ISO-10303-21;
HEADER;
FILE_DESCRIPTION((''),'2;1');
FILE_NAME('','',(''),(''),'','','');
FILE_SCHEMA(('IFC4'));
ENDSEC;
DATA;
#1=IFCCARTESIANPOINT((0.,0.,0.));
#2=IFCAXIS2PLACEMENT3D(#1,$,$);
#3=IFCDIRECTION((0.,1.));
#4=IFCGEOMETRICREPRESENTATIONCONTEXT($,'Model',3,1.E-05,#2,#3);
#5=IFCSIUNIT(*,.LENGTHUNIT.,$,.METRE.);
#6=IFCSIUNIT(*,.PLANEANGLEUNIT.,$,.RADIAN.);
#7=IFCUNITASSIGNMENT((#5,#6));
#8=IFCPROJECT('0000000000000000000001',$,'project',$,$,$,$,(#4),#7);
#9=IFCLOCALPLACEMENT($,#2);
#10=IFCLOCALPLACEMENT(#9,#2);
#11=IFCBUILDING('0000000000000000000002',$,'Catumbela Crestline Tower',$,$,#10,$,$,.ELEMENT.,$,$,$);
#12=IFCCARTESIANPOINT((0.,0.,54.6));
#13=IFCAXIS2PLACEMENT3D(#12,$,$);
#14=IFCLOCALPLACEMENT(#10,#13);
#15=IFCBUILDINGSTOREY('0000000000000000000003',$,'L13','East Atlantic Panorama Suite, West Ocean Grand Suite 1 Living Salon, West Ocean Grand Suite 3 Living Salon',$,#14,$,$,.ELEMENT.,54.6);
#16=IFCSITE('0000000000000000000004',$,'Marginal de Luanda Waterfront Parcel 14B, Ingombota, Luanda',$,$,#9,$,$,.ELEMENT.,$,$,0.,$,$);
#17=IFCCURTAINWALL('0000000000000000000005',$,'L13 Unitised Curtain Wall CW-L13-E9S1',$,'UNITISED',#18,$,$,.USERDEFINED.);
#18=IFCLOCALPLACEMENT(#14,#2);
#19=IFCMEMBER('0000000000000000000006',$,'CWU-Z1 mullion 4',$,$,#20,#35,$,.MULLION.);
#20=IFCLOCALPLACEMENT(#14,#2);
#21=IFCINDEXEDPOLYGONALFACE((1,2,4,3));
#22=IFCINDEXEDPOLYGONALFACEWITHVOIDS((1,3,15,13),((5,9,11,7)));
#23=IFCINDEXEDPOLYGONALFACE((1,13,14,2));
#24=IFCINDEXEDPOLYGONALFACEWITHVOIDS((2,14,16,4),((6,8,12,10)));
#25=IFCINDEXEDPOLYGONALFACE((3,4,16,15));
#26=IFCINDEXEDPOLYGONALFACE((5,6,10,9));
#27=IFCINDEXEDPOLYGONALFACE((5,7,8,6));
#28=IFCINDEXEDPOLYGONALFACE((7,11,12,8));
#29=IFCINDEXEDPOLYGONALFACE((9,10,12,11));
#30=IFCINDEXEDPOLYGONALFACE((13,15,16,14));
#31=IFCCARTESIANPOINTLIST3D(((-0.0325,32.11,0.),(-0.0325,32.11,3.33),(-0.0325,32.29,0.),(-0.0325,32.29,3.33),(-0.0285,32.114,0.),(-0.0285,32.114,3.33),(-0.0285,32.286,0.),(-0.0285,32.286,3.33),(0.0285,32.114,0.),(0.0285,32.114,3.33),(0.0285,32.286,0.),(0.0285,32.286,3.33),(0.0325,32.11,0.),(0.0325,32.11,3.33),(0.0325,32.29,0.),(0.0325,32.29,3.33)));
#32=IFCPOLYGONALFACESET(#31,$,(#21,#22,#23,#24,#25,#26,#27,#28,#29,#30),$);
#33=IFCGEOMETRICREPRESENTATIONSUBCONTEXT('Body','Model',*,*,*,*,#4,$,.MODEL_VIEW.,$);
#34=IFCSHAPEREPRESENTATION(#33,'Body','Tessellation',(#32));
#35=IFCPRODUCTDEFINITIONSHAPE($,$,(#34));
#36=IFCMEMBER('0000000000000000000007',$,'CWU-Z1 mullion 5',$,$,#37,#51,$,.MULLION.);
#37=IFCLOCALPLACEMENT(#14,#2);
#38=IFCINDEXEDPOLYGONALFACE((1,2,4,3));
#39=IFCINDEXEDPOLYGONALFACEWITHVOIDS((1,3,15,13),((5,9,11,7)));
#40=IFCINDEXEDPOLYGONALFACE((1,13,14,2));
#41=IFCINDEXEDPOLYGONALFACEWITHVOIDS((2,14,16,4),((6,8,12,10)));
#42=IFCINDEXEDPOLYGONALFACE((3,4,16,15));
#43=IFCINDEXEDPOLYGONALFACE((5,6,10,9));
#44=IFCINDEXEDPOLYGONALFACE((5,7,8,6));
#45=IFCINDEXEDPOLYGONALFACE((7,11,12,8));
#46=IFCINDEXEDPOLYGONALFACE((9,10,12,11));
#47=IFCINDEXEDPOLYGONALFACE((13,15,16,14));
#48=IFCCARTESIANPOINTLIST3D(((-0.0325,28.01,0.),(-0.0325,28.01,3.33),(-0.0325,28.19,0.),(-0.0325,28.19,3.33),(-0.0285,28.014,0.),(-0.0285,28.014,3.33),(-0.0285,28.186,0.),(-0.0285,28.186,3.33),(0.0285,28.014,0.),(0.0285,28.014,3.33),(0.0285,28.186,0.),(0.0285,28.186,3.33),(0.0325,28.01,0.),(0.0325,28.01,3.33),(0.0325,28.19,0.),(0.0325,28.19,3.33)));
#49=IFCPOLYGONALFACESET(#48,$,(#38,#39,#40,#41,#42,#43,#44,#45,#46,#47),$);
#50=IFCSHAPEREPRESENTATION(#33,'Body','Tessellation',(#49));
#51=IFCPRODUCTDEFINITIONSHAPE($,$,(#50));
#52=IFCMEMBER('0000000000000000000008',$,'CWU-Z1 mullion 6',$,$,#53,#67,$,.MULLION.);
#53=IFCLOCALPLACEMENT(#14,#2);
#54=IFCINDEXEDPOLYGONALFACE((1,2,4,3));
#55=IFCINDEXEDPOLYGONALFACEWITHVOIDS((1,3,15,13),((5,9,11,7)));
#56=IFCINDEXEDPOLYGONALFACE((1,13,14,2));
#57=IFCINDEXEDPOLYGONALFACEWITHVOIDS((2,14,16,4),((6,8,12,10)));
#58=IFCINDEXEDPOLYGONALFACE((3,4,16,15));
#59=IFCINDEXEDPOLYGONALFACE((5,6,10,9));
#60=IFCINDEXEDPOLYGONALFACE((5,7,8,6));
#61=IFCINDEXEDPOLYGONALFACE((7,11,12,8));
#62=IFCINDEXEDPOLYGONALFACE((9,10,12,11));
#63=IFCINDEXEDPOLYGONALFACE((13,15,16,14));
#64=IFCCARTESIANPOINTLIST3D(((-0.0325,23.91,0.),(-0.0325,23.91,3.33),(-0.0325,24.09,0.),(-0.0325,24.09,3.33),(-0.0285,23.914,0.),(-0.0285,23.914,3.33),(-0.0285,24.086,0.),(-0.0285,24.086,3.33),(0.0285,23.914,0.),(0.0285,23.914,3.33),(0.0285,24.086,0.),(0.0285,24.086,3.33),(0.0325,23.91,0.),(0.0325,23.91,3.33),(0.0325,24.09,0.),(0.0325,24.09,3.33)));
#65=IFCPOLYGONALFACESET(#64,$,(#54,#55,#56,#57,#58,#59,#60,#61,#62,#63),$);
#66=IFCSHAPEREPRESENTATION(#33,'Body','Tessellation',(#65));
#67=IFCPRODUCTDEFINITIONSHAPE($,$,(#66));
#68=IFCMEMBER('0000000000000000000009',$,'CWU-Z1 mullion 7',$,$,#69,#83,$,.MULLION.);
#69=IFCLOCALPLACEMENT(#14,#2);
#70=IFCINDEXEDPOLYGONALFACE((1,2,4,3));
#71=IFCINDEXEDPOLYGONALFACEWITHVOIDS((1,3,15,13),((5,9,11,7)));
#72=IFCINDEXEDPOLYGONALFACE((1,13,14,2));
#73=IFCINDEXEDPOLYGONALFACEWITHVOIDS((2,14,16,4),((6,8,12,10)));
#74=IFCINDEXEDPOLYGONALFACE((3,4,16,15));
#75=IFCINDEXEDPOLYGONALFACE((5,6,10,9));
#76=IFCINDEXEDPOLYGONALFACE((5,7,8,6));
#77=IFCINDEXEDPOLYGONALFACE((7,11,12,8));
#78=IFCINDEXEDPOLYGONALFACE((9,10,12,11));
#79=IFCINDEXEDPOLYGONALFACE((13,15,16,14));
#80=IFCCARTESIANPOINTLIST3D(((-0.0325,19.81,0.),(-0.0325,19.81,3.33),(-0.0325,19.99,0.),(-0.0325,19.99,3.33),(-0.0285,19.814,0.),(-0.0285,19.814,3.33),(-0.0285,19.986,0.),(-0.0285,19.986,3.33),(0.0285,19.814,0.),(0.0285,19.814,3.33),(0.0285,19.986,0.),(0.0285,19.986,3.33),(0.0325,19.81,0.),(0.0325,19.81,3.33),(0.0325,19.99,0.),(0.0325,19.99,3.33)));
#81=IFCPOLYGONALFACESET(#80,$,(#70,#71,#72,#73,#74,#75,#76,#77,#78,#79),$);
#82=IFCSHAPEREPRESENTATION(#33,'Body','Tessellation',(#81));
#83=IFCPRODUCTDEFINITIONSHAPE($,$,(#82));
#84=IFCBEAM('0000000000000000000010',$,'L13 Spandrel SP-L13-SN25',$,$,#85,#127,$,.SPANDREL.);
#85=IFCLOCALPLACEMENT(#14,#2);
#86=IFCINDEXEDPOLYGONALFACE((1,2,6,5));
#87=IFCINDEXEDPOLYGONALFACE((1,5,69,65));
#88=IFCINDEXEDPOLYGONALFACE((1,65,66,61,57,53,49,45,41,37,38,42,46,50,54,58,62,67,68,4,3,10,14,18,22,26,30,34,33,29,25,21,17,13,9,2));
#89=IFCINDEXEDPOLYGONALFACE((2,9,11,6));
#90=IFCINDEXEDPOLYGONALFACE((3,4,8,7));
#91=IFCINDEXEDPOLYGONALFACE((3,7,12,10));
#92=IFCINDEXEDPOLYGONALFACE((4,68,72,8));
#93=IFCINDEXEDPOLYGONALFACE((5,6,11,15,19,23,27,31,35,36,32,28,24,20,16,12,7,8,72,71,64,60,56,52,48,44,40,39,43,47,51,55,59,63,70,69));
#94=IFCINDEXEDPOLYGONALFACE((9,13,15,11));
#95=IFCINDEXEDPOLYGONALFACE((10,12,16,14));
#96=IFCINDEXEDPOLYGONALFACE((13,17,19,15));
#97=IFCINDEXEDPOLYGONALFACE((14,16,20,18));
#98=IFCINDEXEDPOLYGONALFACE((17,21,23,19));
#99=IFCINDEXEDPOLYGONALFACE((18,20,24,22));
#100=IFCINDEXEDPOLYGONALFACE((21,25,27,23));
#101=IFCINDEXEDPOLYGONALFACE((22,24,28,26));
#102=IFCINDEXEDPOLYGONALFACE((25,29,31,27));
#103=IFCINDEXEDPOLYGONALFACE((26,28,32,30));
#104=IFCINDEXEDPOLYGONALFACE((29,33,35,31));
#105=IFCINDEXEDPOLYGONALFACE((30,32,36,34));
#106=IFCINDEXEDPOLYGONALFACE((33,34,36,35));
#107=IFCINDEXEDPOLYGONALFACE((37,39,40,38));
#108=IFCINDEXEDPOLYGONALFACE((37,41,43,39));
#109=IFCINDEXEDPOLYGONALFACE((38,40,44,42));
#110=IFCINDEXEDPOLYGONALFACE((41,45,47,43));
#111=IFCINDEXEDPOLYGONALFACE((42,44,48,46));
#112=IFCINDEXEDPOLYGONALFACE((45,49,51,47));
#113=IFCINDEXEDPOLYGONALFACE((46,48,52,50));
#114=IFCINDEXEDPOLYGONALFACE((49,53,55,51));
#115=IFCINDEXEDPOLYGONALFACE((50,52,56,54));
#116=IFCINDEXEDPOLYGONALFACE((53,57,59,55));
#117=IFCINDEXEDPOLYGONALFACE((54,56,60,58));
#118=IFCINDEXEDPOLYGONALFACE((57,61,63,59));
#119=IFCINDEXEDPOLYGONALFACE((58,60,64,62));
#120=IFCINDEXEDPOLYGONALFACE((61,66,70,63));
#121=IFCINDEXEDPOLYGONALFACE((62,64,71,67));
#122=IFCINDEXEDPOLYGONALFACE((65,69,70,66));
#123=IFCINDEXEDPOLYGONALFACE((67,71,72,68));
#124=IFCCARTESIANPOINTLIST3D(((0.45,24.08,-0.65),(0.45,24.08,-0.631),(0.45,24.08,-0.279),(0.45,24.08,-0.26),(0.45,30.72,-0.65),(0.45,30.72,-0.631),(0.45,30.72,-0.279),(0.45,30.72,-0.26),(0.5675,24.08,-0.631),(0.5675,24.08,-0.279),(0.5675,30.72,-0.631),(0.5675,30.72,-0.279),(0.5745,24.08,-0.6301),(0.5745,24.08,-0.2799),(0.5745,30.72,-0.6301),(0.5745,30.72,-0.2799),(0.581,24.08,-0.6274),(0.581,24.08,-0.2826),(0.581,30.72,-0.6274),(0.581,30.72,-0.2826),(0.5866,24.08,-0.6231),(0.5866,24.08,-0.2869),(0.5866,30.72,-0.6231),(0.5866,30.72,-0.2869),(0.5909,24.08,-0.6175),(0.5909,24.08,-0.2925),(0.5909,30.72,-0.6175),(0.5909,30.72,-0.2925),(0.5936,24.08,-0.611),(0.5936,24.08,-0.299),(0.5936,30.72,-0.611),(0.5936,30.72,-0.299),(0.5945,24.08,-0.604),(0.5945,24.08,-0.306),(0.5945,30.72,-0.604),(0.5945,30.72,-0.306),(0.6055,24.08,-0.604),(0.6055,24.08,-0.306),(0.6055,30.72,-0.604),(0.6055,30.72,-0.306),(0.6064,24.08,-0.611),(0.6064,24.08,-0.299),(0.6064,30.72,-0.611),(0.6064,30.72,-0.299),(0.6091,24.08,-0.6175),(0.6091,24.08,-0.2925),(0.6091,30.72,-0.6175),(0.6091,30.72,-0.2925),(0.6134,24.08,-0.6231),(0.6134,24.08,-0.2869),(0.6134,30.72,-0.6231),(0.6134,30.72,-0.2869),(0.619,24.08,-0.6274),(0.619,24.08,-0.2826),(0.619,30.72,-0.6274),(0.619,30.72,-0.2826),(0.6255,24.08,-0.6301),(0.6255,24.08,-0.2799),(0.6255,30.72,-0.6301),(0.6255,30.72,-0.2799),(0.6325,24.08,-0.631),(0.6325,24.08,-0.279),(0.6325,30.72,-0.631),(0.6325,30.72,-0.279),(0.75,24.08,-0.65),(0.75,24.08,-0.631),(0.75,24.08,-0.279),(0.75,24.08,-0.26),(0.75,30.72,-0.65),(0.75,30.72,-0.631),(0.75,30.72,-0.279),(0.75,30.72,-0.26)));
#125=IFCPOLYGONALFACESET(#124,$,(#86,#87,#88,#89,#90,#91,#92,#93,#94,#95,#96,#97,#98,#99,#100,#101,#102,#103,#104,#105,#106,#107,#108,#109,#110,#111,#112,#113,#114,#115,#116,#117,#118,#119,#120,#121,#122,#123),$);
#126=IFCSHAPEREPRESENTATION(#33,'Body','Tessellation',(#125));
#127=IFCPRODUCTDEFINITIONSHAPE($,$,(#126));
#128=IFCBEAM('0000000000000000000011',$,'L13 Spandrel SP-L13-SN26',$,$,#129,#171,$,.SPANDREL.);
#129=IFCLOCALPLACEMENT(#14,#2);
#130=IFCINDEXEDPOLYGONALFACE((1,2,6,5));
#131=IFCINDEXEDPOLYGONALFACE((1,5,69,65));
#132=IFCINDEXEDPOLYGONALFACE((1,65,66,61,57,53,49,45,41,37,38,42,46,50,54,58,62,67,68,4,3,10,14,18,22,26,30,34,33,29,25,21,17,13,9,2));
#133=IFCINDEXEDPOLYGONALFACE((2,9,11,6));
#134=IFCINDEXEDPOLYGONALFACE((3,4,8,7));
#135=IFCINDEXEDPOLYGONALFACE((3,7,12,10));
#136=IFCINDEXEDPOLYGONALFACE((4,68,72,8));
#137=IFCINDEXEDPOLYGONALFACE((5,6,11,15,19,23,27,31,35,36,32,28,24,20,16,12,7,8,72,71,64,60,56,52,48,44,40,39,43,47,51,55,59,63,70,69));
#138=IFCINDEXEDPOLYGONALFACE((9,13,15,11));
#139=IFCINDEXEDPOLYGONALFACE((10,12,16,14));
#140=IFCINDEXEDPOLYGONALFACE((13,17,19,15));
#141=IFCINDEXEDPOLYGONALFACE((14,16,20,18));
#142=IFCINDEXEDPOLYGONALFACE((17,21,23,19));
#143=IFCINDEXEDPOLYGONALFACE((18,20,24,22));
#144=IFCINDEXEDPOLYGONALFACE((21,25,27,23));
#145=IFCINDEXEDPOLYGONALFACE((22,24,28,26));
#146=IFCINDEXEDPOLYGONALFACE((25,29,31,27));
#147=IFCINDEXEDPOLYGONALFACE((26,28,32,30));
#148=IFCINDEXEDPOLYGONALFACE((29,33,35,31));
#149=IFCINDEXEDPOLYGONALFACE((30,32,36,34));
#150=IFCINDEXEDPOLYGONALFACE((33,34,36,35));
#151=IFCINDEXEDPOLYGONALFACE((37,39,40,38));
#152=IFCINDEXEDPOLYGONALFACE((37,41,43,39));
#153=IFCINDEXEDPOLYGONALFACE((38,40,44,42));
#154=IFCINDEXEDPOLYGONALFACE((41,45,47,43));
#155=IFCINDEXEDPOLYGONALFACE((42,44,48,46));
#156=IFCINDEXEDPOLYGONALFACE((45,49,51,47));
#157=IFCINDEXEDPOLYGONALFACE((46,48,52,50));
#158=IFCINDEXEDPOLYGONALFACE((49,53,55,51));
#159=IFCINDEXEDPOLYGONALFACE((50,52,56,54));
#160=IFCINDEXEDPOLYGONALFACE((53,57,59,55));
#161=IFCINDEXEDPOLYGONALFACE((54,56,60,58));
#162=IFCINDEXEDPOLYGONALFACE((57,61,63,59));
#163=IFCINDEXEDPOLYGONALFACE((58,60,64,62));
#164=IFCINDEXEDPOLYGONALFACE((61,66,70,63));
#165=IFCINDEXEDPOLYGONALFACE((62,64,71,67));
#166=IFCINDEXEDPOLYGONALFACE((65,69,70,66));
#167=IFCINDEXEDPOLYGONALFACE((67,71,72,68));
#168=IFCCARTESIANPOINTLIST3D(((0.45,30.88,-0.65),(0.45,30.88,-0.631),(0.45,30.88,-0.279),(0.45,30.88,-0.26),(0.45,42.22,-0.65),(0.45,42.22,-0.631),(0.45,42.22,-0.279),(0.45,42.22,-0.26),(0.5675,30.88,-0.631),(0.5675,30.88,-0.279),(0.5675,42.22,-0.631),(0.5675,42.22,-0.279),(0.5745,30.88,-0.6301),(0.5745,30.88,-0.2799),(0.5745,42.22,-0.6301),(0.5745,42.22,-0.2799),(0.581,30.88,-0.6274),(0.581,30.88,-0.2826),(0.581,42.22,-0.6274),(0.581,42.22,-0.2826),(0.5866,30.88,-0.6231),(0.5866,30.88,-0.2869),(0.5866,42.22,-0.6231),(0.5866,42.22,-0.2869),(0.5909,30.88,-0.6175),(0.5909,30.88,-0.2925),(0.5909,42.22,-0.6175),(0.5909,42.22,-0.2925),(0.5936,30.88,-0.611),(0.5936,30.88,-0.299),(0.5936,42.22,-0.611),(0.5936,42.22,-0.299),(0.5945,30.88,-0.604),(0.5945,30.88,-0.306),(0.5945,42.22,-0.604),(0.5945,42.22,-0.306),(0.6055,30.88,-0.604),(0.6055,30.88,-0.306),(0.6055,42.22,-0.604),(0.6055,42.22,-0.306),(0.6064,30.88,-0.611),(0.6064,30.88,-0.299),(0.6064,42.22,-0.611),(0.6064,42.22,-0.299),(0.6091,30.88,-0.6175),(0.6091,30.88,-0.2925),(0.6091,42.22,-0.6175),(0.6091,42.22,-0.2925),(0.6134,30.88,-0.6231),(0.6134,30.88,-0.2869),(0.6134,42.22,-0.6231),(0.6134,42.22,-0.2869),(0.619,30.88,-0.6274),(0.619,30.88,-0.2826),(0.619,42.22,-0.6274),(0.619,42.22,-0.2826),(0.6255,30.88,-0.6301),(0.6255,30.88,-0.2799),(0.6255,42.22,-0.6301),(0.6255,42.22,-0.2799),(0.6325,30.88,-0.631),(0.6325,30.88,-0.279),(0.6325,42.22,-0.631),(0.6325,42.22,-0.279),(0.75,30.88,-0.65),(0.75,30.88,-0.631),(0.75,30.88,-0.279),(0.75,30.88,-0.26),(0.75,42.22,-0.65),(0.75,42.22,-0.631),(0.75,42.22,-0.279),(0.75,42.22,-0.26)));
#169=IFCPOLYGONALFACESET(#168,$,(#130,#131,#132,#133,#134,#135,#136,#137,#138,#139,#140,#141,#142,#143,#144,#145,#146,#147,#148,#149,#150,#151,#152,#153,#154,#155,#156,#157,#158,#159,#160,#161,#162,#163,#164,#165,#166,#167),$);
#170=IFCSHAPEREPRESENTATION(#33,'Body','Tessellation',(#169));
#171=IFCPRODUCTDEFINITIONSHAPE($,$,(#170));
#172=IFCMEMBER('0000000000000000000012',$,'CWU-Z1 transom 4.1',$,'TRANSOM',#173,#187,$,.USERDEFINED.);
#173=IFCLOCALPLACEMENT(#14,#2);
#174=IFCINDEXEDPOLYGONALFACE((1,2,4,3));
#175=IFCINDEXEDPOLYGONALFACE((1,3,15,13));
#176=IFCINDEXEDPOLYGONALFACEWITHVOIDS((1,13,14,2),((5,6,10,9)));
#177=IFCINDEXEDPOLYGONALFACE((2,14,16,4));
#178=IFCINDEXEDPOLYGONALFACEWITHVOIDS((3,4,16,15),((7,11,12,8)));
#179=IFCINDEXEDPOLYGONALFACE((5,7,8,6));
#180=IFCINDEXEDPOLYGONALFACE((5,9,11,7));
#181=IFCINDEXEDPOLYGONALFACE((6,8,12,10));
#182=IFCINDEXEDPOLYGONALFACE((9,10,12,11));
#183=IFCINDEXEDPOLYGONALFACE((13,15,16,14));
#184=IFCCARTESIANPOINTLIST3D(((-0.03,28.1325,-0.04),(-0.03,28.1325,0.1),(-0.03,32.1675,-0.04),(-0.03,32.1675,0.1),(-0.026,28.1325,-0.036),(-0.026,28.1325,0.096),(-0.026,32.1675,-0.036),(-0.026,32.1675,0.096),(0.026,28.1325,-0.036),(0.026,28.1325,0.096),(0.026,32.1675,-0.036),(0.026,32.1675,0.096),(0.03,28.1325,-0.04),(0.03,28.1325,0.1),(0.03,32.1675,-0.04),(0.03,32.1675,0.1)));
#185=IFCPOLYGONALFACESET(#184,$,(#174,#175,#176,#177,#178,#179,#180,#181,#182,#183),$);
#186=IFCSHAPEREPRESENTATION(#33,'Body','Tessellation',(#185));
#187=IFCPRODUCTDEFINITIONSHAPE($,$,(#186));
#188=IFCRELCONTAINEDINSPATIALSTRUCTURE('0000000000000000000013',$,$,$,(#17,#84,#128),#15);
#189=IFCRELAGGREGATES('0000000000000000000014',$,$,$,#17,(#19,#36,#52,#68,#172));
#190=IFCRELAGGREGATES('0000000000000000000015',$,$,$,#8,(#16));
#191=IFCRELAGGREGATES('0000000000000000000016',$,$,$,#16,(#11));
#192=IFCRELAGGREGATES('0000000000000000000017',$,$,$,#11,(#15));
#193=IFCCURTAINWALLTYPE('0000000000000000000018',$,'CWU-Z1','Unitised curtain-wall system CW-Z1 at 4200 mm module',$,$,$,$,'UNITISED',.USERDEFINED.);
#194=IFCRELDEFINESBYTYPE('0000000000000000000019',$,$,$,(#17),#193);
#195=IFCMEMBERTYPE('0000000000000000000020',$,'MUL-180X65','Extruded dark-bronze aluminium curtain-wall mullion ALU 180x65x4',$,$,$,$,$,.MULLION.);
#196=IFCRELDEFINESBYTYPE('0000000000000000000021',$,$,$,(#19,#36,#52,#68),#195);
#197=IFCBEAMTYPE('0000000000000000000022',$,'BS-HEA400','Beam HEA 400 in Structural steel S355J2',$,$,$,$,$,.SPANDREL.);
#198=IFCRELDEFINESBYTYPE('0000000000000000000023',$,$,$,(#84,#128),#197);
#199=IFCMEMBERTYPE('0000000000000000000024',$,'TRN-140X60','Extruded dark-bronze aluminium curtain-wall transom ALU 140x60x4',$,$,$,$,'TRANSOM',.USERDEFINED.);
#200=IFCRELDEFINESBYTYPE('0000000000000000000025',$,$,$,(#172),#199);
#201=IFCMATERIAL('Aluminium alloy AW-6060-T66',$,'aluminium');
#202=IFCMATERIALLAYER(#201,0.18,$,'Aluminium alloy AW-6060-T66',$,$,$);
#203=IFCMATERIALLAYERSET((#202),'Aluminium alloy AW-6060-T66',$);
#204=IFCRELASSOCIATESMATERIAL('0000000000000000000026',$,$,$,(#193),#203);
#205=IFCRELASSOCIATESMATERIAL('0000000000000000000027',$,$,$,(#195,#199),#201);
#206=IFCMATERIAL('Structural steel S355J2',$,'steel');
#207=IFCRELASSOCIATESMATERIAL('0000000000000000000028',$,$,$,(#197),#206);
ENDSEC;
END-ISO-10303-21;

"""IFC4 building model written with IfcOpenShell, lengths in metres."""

from ifc_helpers import new_model, si_unit, direction, frame, origin, origin_2d, place, context, subcontext, project, spatial, hollow_rectangle, i_section, extrude, material, layer, layer_set, material_profile, profile_set, type_object, element, aggregate, save


model = new_model("IFC4")

# Units and contexts
model_context = context("Model", 3, precision=1e-05, world=origin(), true_north=direction((0.0, 1.0)))
body_context = subcontext(model_context, "Body", "Model", "MODEL_VIEW")
ifc_project = project(units=[si_unit("LENGTHUNIT", "METRE"), si_unit("PLANEANGLEUNIT", "RADIAN")], contexts=[model_context])

# Site, building, storey
site_placement = place(None, origin())
site = spatial("IfcSite", under=ifc_project, at=site_placement, Name="Marginal de Luanda Waterfront Parcel 14B, Ingombota, Luanda", CompositionType="ELEMENT", RefElevation=0.0)
building_placement = place(site_placement, origin())
building = spatial("IfcBuilding", under=site, at=building_placement, Name="Catumbela Crestline Tower", CompositionType="ELEMENT")
storey_placement = place(building_placement, frame((0.0, 0.0, 54.6)))
storey = spatial("IfcBuildingStorey", under=building, at=storey_placement, Name="L13", Description="East Atlantic Panorama Suite, West Ocean Grand Suite 1 Living Salon, West Ocean Grand Suite 3 Living Salon", CompositionType="ELEMENT", Elevation=54.6)

# Shared definitions
ifc_material_1 = material(Name="Structural steel S355J2", Category="steel")

# Curtain wall, members
ifc_material_2 = material(Name="Aluminium alloy AW-6060-T66", Category="aluminium")
ifc_layer_1 = layer(ifc_material_2, 0.18, Name="Aluminium alloy AW-6060-T66")
ifc_layer_set_1 = layer_set([ifc_layer_1], Name="Aluminium alloy AW-6060-T66")
curtain_wall_type = type_object("IfcCurtainWallType", Name="CWU-Z1", Description="Unitised curtain-wall system CW-Z1 at 4200 mm module", ElementType="UNITISED", PredefinedType="USERDEFINED", material=ifc_layer_set_1)
curtain_wall_placement = place(storey_placement, origin())
curtain_wall = element("IfcCurtainWall", 1, at=curtain_wall_placement, inside=storey, type_object=curtain_wall_type, Name="L13 Unitised Curtain Wall CW-L13-E9S1", ObjectType="UNITISED", PredefinedType="USERDEFINED")
ifc_material_profile_1 = material_profile(ifc_material_2, hollow_rectangle(XDim=0.065, YDim=0.18, WallThickness=0.004, at=origin_2d()), Name="ALU 180x65x4")
ifc_profile_set_1 = profile_set([ifc_material_profile_1], Name="Aluminium alloy AW-6060-T66")
member_type_1 = type_object("IfcMemberType", Name="MUL-180X65", Description="Extruded dark-bronze aluminium curtain-wall mullion ALU 180x65x4", PredefinedType="MULLION", material=ifc_profile_set_1)
member_1_placement = place(storey_placement, frame((0.0, 32.2, 0.0), z_axis=(0.0, 0.0, 1.0), x_axis=(1.0, 0.0, 0.0)))
member_1 = element("IfcMember", 2, at=member_1_placement, type_object=member_type_1, Name="CWU-Z1 mullion 4", PredefinedType="MULLION", context=body_context, shape_type="SweptSolid", body=[
    extrude(hollow_rectangle(XDim=0.065, YDim=0.18, WallThickness=0.004, at=origin_2d()), origin(), (0.0, 0.0, 1.0), 3.33),
])
member_2_placement = place(storey_placement, frame((0.0, 28.1, 0.0), z_axis=(0.0, 0.0, 1.0), x_axis=(1.0, 0.0, 0.0)))
member_2 = element("IfcMember", 3, at=member_2_placement, type_object=member_type_1, Name="CWU-Z1 mullion 5", PredefinedType="MULLION", context=body_context, shape_type="SweptSolid", body=[
    extrude(hollow_rectangle(XDim=0.065, YDim=0.18, WallThickness=0.004, at=origin_2d()), origin(), (0.0, 0.0, 1.0), 3.33),
])
member_3_placement = place(storey_placement, frame((0.0, 24.0, 0.0), z_axis=(0.0, 0.0, 1.0), x_axis=(1.0, 0.0, 0.0)))
member_3 = element("IfcMember", 4, at=member_3_placement, type_object=member_type_1, Name="CWU-Z1 mullion 6", PredefinedType="MULLION", context=body_context, shape_type="SweptSolid", body=[
    extrude(hollow_rectangle(XDim=0.065, YDim=0.18, WallThickness=0.004, at=origin_2d()), origin(), (0.0, 0.0, 1.0), 3.33),
])
member_4_placement = place(storey_placement, frame((0.0, 19.9, 0.0), z_axis=(0.0, 0.0, 1.0), x_axis=(1.0, 0.0, 0.0)))
member_4 = element("IfcMember", 5, at=member_4_placement, type_object=member_type_1, Name="CWU-Z1 mullion 7", PredefinedType="MULLION", context=body_context, shape_type="SweptSolid", body=[
    extrude(hollow_rectangle(XDim=0.065, YDim=0.18, WallThickness=0.004, at=origin_2d()), origin(), (0.0, 0.0, 1.0), 3.33),
])

# Beams
ifc_material_profile_2 = material_profile(ifc_material_1, i_section(OverallWidth=0.3, OverallDepth=0.39, WebThickness=0.011, FlangeThickness=0.019, FilletRadius=0.027, at=origin_2d()), Name="HEA 400")
ifc_profile_set_2 = profile_set([ifc_material_profile_2], Name="Structural steel S355J2")
beam_type_1 = type_object("IfcBeamType", Name="BS-HEA400", Description="Beam HEA 400 in Structural steel S355J2", PredefinedType="SPANDREL", material=ifc_profile_set_2)
beam_1_placement = place(storey_placement, frame((0.6, 24.08, -0.455), z_axis=(0.0, 1.0, 0.0), x_axis=(-1.0, 0.0, 0.0)))
element("IfcBeam", 6, at=beam_1_placement, inside=storey, type_object=beam_type_1, Name="L13 Spandrel SP-L13-SN25", PredefinedType="SPANDREL", context=body_context, shape_type="SweptSolid", body=[
    extrude(i_section(OverallWidth=0.3, OverallDepth=0.39, WebThickness=0.011, FlangeThickness=0.019, FilletRadius=0.027, at=origin_2d()), origin(), (0.0, 0.0, 1.0), 6.64),
])
beam_2_placement = place(storey_placement, frame((0.6, 30.88, -0.455), z_axis=(0.0, 1.0, 0.0), x_axis=(-1.0, 0.0, 0.0)))
element("IfcBeam", 7, at=beam_2_placement, inside=storey, type_object=beam_type_1, Name="L13 Spandrel SP-L13-SN26", PredefinedType="SPANDREL", context=body_context, shape_type="SweptSolid", body=[
    extrude(i_section(OverallWidth=0.3, OverallDepth=0.39, WebThickness=0.011, FlangeThickness=0.019, FilletRadius=0.027, at=origin_2d()), origin(), (0.0, 0.0, 1.0), 11.34),
])

# Member
ifc_material_profile_3 = material_profile(ifc_material_2, hollow_rectangle(XDim=0.06, YDim=0.14, WallThickness=0.004, at=origin_2d()), Name="ALU 140x60x4")
ifc_profile_set_3 = profile_set([ifc_material_profile_3], Name="Aluminium alloy AW-6060-T66")
member_type_2 = type_object("IfcMemberType", Name="TRN-140X60", Description="Extruded dark-bronze aluminium curtain-wall transom ALU 140x60x4", ElementType="TRANSOM", PredefinedType="USERDEFINED", material=ifc_profile_set_3)
member_5_placement = place(storey_placement, frame((0.0, 32.1675, 0.03), z_axis=(0.0, -1.0, 0.0), x_axis=(1.0, 0.0, 0.0)))
member_5 = element("IfcMember", 8, at=member_5_placement, type_object=member_type_2, Name="CWU-Z1 transom 4.1", ObjectType="TRANSOM", PredefinedType="USERDEFINED", context=body_context, shape_type="SweptSolid", body=[
    extrude(hollow_rectangle(XDim=0.06, YDim=0.14, WallThickness=0.004, at=origin_2d()), origin(), (0.0, 0.0, 1.0), 4.035),
])

aggregate(curtain_wall, [member_1, member_2, member_3, member_4, member_5])

save(model, "model.ifc")
